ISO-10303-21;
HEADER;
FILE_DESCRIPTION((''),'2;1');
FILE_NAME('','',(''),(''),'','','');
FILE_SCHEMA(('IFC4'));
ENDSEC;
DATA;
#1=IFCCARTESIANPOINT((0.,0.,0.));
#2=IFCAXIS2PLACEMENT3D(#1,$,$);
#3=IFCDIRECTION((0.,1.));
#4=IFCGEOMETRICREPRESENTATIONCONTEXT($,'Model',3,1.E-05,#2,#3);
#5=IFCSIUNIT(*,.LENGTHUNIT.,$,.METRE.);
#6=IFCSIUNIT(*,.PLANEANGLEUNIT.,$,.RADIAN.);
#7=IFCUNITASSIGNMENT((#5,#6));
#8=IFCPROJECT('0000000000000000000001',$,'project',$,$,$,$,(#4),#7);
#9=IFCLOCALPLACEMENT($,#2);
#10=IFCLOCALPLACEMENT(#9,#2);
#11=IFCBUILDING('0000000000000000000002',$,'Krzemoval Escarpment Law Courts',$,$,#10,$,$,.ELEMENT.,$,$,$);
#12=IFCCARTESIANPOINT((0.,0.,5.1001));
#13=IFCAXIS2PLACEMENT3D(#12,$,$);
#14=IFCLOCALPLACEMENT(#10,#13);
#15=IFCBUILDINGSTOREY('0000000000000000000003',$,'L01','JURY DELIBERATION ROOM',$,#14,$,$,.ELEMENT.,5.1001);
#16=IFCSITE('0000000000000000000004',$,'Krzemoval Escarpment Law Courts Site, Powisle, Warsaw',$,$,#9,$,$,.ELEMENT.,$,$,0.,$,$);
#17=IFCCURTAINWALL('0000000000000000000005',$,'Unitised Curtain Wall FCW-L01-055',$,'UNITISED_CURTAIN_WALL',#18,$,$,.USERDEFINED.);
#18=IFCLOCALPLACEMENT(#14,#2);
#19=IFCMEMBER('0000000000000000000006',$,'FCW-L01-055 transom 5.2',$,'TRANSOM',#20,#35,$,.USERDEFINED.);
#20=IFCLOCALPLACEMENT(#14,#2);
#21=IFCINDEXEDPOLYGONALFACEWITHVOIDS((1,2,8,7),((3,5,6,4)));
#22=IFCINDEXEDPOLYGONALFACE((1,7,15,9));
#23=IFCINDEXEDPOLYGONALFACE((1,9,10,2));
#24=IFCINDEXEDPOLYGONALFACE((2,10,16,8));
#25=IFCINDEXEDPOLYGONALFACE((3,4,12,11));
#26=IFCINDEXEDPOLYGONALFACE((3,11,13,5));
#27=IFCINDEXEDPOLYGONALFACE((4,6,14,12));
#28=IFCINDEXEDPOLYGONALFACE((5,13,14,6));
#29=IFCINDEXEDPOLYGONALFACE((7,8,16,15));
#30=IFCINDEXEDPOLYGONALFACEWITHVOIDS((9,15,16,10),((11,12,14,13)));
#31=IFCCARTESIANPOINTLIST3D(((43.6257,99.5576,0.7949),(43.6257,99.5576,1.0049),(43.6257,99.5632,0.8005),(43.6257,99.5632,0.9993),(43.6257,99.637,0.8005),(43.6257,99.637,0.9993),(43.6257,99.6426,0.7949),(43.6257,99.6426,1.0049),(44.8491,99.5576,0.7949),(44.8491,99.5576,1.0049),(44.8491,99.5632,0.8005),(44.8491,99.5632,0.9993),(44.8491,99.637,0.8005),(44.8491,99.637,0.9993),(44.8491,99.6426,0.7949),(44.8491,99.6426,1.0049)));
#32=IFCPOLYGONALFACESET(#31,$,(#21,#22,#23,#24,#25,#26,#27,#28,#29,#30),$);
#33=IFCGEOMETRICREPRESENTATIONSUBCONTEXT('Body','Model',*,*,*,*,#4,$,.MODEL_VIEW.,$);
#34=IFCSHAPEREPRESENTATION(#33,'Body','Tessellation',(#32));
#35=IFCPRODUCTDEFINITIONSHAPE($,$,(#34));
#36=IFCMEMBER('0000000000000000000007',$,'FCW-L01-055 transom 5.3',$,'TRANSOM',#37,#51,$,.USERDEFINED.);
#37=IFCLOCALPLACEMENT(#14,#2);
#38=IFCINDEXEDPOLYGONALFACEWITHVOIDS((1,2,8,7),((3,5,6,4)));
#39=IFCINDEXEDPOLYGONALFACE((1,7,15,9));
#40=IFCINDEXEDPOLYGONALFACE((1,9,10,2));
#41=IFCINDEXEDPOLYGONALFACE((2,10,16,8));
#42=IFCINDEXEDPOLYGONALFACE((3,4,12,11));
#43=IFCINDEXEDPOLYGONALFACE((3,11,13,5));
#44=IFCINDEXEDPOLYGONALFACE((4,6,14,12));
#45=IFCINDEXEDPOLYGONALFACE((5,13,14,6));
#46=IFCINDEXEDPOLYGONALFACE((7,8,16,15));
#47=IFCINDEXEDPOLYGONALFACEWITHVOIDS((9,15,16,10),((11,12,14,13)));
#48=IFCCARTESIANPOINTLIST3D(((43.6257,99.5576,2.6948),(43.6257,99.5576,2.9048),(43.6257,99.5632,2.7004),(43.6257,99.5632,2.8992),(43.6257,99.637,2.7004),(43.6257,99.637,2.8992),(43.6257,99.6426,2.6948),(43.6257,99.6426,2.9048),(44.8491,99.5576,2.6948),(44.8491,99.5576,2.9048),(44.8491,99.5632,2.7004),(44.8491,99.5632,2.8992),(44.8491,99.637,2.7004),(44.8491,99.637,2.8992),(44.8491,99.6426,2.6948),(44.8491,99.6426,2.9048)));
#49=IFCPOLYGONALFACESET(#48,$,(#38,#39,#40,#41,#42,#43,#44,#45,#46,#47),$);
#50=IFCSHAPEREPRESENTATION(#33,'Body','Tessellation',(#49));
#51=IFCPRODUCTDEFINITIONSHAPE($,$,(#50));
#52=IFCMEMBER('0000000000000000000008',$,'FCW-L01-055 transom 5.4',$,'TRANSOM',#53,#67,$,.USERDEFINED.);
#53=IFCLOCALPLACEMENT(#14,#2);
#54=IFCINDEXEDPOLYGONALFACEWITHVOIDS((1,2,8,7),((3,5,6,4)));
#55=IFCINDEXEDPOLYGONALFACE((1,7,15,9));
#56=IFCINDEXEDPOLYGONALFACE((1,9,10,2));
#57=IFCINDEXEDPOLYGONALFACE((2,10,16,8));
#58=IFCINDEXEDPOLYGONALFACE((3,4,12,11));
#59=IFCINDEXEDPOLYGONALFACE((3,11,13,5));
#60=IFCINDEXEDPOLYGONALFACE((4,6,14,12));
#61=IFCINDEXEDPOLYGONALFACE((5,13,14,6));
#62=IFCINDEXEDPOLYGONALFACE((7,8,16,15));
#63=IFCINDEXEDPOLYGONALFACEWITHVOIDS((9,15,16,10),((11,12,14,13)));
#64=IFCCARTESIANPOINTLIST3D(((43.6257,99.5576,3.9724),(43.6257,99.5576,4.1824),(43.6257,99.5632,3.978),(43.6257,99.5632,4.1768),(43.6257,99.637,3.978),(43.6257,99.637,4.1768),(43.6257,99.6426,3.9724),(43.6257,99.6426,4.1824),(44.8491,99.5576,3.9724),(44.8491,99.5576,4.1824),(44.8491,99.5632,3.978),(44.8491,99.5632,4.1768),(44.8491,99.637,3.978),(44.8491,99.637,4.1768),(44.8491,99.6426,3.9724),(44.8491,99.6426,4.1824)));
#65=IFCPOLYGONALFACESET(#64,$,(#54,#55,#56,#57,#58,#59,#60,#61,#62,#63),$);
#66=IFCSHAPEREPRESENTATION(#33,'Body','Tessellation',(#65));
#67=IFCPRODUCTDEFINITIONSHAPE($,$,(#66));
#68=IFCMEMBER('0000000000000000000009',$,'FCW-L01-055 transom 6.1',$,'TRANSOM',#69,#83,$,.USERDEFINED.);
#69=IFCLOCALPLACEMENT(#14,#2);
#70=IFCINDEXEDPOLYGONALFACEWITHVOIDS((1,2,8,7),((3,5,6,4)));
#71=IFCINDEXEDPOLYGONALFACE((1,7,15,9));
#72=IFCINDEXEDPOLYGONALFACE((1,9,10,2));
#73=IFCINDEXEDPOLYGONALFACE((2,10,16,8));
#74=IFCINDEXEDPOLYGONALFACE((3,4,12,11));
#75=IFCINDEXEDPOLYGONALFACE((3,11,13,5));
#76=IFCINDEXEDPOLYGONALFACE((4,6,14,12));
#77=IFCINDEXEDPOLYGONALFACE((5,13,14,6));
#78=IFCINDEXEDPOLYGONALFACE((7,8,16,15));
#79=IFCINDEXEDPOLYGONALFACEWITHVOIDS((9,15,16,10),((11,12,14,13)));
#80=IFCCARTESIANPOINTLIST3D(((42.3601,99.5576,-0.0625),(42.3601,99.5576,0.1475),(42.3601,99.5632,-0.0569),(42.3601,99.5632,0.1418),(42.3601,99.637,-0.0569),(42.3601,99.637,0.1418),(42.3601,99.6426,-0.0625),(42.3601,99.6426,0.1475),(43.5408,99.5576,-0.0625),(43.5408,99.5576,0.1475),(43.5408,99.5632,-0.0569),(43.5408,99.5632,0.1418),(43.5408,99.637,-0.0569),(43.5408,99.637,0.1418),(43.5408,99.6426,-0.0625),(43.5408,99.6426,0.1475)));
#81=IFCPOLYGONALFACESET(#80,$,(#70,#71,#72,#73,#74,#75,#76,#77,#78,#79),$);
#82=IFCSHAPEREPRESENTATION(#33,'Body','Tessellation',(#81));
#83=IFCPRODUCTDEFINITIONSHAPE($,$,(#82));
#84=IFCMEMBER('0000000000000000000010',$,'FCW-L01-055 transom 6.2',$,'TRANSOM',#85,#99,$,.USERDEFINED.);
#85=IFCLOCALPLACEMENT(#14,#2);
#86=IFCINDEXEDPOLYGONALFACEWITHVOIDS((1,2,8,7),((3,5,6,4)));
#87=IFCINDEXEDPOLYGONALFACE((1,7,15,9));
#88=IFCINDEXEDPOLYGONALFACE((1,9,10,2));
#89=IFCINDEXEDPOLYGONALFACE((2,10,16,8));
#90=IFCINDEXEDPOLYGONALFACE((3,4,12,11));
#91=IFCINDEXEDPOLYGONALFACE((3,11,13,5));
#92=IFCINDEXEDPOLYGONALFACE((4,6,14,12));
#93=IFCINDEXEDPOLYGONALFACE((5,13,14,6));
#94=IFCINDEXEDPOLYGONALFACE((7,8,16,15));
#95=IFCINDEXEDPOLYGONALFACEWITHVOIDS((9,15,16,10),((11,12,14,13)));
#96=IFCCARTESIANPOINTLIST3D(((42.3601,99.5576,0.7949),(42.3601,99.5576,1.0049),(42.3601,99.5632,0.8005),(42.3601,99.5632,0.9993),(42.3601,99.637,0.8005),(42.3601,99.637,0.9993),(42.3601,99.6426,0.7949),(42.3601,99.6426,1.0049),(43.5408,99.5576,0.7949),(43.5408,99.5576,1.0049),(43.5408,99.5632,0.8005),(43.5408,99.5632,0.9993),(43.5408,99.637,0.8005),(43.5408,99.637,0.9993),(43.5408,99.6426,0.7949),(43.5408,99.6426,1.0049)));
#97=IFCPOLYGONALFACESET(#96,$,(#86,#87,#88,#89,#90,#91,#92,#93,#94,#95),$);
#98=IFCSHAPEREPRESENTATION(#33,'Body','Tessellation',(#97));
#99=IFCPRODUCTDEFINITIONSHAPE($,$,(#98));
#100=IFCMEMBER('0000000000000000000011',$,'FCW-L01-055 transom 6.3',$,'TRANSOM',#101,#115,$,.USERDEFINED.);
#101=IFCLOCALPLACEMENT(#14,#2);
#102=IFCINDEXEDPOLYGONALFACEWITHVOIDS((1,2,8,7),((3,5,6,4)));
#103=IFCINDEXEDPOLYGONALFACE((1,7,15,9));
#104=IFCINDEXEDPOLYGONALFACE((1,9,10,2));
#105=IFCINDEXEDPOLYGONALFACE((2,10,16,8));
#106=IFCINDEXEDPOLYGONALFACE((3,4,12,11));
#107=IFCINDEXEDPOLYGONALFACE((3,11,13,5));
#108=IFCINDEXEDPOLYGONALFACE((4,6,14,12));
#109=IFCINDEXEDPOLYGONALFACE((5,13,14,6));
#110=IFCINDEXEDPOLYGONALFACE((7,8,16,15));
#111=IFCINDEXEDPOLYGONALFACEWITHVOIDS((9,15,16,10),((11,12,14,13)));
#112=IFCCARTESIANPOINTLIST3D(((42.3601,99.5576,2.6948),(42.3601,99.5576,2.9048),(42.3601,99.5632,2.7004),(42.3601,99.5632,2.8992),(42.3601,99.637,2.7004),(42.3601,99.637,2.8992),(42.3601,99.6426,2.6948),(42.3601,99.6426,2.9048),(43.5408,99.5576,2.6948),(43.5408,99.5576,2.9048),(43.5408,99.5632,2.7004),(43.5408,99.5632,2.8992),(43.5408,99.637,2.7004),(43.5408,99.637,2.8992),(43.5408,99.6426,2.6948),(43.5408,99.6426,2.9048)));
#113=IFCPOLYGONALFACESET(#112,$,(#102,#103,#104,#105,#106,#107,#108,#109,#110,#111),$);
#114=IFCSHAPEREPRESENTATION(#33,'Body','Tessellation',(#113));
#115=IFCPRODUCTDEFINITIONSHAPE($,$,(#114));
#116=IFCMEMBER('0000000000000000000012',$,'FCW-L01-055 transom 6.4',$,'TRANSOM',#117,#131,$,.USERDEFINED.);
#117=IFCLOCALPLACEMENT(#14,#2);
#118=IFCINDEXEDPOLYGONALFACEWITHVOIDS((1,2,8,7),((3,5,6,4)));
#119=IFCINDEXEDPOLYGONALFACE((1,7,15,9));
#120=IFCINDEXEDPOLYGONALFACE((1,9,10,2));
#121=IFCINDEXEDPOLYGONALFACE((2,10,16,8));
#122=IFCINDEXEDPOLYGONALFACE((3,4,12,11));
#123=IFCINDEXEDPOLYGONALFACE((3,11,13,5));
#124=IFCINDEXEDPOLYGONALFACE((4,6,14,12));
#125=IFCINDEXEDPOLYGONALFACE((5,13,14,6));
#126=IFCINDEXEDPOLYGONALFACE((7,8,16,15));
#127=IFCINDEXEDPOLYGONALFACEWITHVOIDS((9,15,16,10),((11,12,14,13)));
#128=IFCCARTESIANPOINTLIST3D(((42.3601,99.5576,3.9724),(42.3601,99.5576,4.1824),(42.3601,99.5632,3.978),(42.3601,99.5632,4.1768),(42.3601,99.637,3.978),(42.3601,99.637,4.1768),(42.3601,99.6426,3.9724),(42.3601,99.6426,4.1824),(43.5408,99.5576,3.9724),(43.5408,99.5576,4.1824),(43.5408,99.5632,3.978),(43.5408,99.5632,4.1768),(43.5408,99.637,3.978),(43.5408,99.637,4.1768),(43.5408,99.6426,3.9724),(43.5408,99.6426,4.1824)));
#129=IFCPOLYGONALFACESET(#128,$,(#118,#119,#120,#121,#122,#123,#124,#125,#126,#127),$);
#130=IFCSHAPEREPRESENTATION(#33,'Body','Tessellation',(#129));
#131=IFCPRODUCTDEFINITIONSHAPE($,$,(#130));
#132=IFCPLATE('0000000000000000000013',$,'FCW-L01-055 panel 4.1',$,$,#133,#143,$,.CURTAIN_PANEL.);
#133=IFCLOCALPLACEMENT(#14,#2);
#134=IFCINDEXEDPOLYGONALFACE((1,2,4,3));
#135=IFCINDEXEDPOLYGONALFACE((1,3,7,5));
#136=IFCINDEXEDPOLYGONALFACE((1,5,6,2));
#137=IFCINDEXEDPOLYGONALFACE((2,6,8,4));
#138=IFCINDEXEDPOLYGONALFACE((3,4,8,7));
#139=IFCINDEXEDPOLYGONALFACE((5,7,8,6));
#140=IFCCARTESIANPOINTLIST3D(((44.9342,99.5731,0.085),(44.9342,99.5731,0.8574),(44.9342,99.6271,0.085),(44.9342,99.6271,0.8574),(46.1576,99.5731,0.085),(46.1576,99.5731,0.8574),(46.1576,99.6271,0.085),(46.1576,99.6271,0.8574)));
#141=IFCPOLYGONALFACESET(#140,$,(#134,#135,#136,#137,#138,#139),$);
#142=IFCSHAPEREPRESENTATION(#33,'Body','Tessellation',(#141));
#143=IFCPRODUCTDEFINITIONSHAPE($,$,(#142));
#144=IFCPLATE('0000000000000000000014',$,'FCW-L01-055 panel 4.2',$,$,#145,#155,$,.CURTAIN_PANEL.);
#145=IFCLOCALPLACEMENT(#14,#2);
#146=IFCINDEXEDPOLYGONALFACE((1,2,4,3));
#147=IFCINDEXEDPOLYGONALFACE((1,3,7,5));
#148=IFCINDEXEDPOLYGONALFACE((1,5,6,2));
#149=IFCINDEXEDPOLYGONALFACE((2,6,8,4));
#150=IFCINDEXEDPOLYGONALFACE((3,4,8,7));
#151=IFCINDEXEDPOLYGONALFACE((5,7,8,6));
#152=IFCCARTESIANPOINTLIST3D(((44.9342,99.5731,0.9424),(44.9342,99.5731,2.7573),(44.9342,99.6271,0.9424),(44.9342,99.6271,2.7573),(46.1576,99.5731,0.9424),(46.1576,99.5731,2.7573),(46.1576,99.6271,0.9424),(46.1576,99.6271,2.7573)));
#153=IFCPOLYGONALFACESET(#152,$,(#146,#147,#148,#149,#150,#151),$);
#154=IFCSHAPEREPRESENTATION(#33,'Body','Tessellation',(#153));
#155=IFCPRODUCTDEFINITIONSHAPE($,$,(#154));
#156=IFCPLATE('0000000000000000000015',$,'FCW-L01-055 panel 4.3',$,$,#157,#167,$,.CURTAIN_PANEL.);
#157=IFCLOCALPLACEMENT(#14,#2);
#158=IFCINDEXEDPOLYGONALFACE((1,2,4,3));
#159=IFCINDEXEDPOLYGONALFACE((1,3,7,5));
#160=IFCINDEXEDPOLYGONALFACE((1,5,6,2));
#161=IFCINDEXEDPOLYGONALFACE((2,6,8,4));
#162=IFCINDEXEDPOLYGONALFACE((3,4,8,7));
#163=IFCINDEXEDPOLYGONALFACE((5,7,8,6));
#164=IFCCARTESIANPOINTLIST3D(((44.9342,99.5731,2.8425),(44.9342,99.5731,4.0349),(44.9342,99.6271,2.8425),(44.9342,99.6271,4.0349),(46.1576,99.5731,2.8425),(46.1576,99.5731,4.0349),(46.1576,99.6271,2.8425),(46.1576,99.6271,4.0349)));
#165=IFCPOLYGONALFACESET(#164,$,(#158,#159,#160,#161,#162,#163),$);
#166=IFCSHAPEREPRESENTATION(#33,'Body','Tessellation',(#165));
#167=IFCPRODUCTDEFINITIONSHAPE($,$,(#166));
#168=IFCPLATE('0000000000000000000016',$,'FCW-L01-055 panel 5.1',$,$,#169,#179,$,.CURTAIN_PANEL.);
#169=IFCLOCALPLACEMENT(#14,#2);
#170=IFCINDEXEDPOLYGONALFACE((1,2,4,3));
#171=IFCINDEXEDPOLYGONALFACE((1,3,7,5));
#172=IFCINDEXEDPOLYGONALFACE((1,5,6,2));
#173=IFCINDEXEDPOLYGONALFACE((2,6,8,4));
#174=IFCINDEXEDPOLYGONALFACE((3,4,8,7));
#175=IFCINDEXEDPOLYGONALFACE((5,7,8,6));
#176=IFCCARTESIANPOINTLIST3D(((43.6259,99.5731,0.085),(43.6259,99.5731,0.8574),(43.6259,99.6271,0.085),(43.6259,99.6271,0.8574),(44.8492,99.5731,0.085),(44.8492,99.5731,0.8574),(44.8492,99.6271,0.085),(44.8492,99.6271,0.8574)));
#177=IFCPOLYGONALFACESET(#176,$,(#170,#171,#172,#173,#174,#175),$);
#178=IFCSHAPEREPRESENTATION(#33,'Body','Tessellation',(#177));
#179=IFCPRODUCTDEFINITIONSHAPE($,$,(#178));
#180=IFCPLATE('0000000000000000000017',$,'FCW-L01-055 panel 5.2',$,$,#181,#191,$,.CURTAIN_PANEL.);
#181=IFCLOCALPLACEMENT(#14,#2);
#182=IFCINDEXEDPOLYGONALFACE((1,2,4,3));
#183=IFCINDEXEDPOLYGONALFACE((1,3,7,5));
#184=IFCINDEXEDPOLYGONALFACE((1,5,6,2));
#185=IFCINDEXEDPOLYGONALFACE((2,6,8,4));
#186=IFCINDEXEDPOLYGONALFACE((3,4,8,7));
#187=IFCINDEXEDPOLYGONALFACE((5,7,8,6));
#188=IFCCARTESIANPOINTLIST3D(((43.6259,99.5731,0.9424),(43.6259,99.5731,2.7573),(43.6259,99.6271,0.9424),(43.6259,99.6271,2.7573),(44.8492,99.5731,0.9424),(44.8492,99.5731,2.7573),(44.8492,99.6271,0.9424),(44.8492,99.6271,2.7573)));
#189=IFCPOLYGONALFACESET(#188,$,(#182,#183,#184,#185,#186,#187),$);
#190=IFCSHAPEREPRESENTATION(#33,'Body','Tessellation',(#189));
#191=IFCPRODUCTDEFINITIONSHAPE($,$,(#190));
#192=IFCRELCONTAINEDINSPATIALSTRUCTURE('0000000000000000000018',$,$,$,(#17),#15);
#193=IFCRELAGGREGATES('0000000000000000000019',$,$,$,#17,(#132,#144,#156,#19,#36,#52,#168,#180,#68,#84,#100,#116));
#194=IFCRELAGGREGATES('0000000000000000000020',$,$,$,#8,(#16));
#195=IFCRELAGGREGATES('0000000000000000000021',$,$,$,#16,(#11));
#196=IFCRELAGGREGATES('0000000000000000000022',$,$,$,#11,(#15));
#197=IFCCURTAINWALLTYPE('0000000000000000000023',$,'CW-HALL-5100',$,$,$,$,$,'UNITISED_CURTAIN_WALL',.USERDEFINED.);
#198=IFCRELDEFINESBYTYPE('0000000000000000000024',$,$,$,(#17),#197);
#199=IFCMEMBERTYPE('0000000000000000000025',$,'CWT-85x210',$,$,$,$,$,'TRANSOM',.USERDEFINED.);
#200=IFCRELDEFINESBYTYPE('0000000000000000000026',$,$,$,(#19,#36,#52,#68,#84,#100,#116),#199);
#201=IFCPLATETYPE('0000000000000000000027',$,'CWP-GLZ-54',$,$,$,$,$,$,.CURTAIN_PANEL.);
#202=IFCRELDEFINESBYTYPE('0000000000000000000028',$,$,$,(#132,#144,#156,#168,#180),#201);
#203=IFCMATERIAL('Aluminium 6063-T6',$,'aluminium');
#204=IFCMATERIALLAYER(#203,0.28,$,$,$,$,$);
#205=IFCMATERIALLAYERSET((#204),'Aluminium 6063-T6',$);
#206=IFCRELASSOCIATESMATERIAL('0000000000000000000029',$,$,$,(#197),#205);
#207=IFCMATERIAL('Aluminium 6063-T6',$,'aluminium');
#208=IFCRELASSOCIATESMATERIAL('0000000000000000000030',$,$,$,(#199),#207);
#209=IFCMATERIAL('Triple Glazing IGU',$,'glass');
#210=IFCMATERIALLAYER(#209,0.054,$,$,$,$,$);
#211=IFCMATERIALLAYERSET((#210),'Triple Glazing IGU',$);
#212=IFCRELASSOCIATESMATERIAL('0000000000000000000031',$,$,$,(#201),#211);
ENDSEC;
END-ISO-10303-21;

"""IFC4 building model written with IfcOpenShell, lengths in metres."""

from ifc_helpers import new_model, si_unit, direction, frame, origin, origin_2d, place, context, subcontext, project, spatial, rectangle, hollow_rectangle, extrude, material, layer, layer_set, material_profile, profile_set, type_object, element, aggregate, save


model = new_model("IFC4")

# Units and contexts
model_context = context("Model", 3, precision=1e-05, world=origin(), true_north=direction((0.0, 1.0)))
body_context = subcontext(model_context, "Body", "Model", "MODEL_VIEW")
ifc_project = project(units=[si_unit("LENGTHUNIT", "METRE"), si_unit("PLANEANGLEUNIT", "RADIAN")], contexts=[model_context])

# Site, building, storey
site_placement = place(None, origin())
site = spatial("IfcSite", under=ifc_project, at=site_placement, Name="Krzemoval Escarpment Law Courts Site, Powisle, Warsaw", CompositionType="ELEMENT", RefElevation=0.0)
building_placement = place(site_placement, origin())
building = spatial("IfcBuilding", under=site, at=building_placement, Name="Krzemoval Escarpment Law Courts", CompositionType="ELEMENT")
storey_placement = place(building_placement, frame((0.0, 0.0, 5.1001)))
storey = spatial("IfcBuildingStorey", under=building, at=storey_placement, Name="L01", Description="JURY DELIBERATION ROOM", CompositionType="ELEMENT", Elevation=5.1001)

# Curtain wall, members, plates
ifc_material_1 = material(Name="Aluminium 6063-T6", Category="aluminium")
ifc_layer_1 = layer(ifc_material_1, 0.28)
ifc_layer_set_1 = layer_set([ifc_layer_1], Name="Aluminium 6063-T6")
curtain_wall_type = type_object("IfcCurtainWallType", Name="CW-HALL-5100", ElementType="UNITISED_CURTAIN_WALL", PredefinedType="USERDEFINED", material=ifc_layer_set_1)
curtain_wall_placement = place(storey_placement, origin())
curtain_wall = element("IfcCurtainWall", 1, at=curtain_wall_placement, inside=storey, type_object=curtain_wall_type, Name="Unitised Curtain Wall FCW-L01-055", ObjectType="UNITISED_CURTAIN_WALL", PredefinedType="USERDEFINED")
ifc_material_2 = material(Name="Aluminium 6063-T6", Category="aluminium")
ifc_material_profile_1 = material_profile(ifc_material_2, hollow_rectangle(XDim=0.085, YDim=0.21, WallThickness=0.0056, at=origin_2d()), Name="ALU T85x210")
ifc_profile_set_1 = profile_set([ifc_material_profile_1], Name="Aluminium 6063-T6")
member_type_1 = type_object("IfcMemberType", Name="CWT-85x210", ElementType="TRANSOM", PredefinedType="USERDEFINED", material=ifc_profile_set_1)
member_1_placement = place(storey_placement, frame((44.8491, 99.6001, 0.8999), z_axis=(-1.0, 0.0, 0.0), x_axis=(0.0, -1.0, 0.0)))
member_1 = element("IfcMember", 2, at=member_1_placement, type_object=member_type_1, Name="FCW-L01-055 transom 5.2", ObjectType="TRANSOM", PredefinedType="USERDEFINED", context=body_context, shape_type="SweptSolid", body=[
    extrude(hollow_rectangle(XDim=0.085, YDim=0.21, WallThickness=0.0056, at=origin_2d()), origin(), (0.0, 0.0, 1.0), 1.2234),
])
member_2_placement = place(storey_placement, frame((44.8491, 99.6001, 2.7998), z_axis=(-1.0, 0.0, 0.0), x_axis=(0.0, -1.0, 0.0)))
member_2 = element("IfcMember", 3, at=member_2_placement, type_object=member_type_1, Name="FCW-L01-055 transom 5.3", ObjectType="TRANSOM", PredefinedType="USERDEFINED", context=body_context, shape_type="SweptSolid", body=[
    extrude(hollow_rectangle(XDim=0.085, YDim=0.21, WallThickness=0.0056, at=origin_2d()), origin(), (0.0, 0.0, 1.0), 1.2234),
])
member_3_placement = place(storey_placement, frame((44.8491, 99.6001, 4.0774), z_axis=(-1.0, 0.0, 0.0), x_axis=(0.0, -1.0, 0.0)))
member_3 = element("IfcMember", 4, at=member_3_placement, type_object=member_type_1, Name="FCW-L01-055 transom 5.4", ObjectType="TRANSOM", PredefinedType="USERDEFINED", context=body_context, shape_type="SweptSolid", body=[
    extrude(hollow_rectangle(XDim=0.085, YDim=0.21, WallThickness=0.0056, at=origin_2d()), origin(), (0.0, 0.0, 1.0), 1.2234),
])
member_4_placement = place(storey_placement, frame((43.5408, 99.6001, 0.0425), z_axis=(-1.0, 0.0, 0.0), x_axis=(0.0, -1.0, 0.0)))
member_4 = element("IfcMember", 5, at=member_4_placement, type_object=member_type_1, Name="FCW-L01-055 transom 6.1", ObjectType="TRANSOM", PredefinedType="USERDEFINED", context=body_context, shape_type="SweptSolid", body=[
    extrude(hollow_rectangle(XDim=0.085, YDim=0.21, WallThickness=0.0056, at=origin_2d()), origin(), (0.0, 0.0, 1.0), 1.1807),
])
member_5_placement = place(storey_placement, frame((43.5408, 99.6001, 0.8999), z_axis=(-1.0, 0.0, 0.0), x_axis=(0.0, -1.0, 0.0)))
member_5 = element("IfcMember", 6, at=member_5_placement, type_object=member_type_1, Name="FCW-L01-055 transom 6.2", ObjectType="TRANSOM", PredefinedType="USERDEFINED", context=body_context, shape_type="SweptSolid", body=[
    extrude(hollow_rectangle(XDim=0.085, YDim=0.21, WallThickness=0.0056, at=origin_2d()), origin(), (0.0, 0.0, 1.0), 1.1807),
])
member_6_placement = place(storey_placement, frame((43.5408, 99.6001, 2.7998), z_axis=(-1.0, 0.0, 0.0), x_axis=(0.0, -1.0, 0.0)))
member_6 = element("IfcMember", 7, at=member_6_placement, type_object=member_type_1, Name="FCW-L01-055 transom 6.3", ObjectType="TRANSOM", PredefinedType="USERDEFINED", context=body_context, shape_type="SweptSolid", body=[
    extrude(hollow_rectangle(XDim=0.085, YDim=0.21, WallThickness=0.0056, at=origin_2d()), origin(), (0.0, 0.0, 1.0), 1.1807),
])
member_7_placement = place(storey_placement, frame((43.5408, 99.6001, 4.0774), z_axis=(-1.0, 0.0, 0.0), x_axis=(0.0, -1.0, 0.0)))
member_7 = element("IfcMember", 8, at=member_7_placement, type_object=member_type_1, Name="FCW-L01-055 transom 6.4", ObjectType="TRANSOM", PredefinedType="USERDEFINED", context=body_context, shape_type="SweptSolid", body=[
    extrude(hollow_rectangle(XDim=0.085, YDim=0.21, WallThickness=0.0056, at=origin_2d()), origin(), (0.0, 0.0, 1.0), 1.1807),
])
ifc_material_3 = material(Name="Triple Glazing IGU", Category="glass")
ifc_layer_2 = layer(ifc_material_3, 0.054)
ifc_layer_set_2 = layer_set([ifc_layer_2], Name="Triple Glazing IGU")
plate_type = type_object("IfcPlateType", Name="CWP-GLZ-54", PredefinedType="CURTAIN_PANEL", material=ifc_layer_set_2)
plate_1_placement = place(storey_placement, frame((45.5459, 99.6001, 0.085), z_axis=(0.0, 0.0, 1.0), x_axis=(-1.0, 0.0, 0.0)))
plate_1 = element("IfcPlate", 9, at=plate_1_placement, type_object=plate_type, Name="FCW-L01-055 panel 4.1", PredefinedType="CURTAIN_PANEL", context=body_context, shape_type="SweptSolid", body=[
    extrude(rectangle(XDim=1.2234, YDim=0.054, at=origin_2d()), origin(), (0.0, 0.0, 1.0), 0.7725),
])
plate_2_placement = place(storey_placement, frame((45.5459, 99.6001, 0.9424), z_axis=(0.0, 0.0, 1.0), x_axis=(-1.0, 0.0, 0.0)))
plate_2 = element("IfcPlate", 10, at=plate_2_placement, type_object=plate_type, Name="FCW-L01-055 panel 4.2", PredefinedType="CURTAIN_PANEL", context=body_context, shape_type="SweptSolid", body=[
    extrude(rectangle(XDim=1.2234, YDim=0.054, at=origin_2d()), origin(), (0.0, 0.0, 1.0), 1.8149),
])
plate_3_placement = place(storey_placement, frame((45.5459, 99.6001, 2.8425), z_axis=(0.0, 0.0, 1.0), x_axis=(-1.0, 0.0, 0.0)))
plate_3 = element("IfcPlate", 11, at=plate_3_placement, type_object=plate_type, Name="FCW-L01-055 panel 4.3", PredefinedType="CURTAIN_PANEL", context=body_context, shape_type="SweptSolid", body=[
    extrude(rectangle(XDim=1.2234, YDim=0.054, at=origin_2d()), origin(), (0.0, 0.0, 1.0), 1.1924),
])
plate_4_placement = place(storey_placement, frame((44.2375, 99.6001, 0.085), z_axis=(0.0, 0.0, 1.0), x_axis=(-1.0, 0.0, 0.0)))
plate_4 = element("IfcPlate", 12, at=plate_4_placement, type_object=plate_type, Name="FCW-L01-055 panel 5.1", PredefinedType="CURTAIN_PANEL", context=body_context, shape_type="SweptSolid", body=[
    extrude(rectangle(XDim=1.2234, YDim=0.054, at=origin_2d()), origin(), (0.0, 0.0, 1.0), 0.7725),
])
plate_5_placement = place(storey_placement, frame((44.2375, 99.6001, 0.9424), z_axis=(0.0, 0.0, 1.0), x_axis=(-1.0, 0.0, 0.0)))
plate_5 = element("IfcPlate", 13, at=plate_5_placement, type_object=plate_type, Name="FCW-L01-055 panel 5.2", PredefinedType="CURTAIN_PANEL", context=body_context, shape_type="SweptSolid", body=[
    extrude(rectangle(XDim=1.2234, YDim=0.054, at=origin_2d()), origin(), (0.0, 0.0, 1.0), 1.8149),
])
aggregate(curtain_wall, [plate_1, plate_2, plate_3, member_1, member_2, member_3, plate_4, plate_5, member_4, member_5, member_6, member_7])

save(model, "model.ifc")
